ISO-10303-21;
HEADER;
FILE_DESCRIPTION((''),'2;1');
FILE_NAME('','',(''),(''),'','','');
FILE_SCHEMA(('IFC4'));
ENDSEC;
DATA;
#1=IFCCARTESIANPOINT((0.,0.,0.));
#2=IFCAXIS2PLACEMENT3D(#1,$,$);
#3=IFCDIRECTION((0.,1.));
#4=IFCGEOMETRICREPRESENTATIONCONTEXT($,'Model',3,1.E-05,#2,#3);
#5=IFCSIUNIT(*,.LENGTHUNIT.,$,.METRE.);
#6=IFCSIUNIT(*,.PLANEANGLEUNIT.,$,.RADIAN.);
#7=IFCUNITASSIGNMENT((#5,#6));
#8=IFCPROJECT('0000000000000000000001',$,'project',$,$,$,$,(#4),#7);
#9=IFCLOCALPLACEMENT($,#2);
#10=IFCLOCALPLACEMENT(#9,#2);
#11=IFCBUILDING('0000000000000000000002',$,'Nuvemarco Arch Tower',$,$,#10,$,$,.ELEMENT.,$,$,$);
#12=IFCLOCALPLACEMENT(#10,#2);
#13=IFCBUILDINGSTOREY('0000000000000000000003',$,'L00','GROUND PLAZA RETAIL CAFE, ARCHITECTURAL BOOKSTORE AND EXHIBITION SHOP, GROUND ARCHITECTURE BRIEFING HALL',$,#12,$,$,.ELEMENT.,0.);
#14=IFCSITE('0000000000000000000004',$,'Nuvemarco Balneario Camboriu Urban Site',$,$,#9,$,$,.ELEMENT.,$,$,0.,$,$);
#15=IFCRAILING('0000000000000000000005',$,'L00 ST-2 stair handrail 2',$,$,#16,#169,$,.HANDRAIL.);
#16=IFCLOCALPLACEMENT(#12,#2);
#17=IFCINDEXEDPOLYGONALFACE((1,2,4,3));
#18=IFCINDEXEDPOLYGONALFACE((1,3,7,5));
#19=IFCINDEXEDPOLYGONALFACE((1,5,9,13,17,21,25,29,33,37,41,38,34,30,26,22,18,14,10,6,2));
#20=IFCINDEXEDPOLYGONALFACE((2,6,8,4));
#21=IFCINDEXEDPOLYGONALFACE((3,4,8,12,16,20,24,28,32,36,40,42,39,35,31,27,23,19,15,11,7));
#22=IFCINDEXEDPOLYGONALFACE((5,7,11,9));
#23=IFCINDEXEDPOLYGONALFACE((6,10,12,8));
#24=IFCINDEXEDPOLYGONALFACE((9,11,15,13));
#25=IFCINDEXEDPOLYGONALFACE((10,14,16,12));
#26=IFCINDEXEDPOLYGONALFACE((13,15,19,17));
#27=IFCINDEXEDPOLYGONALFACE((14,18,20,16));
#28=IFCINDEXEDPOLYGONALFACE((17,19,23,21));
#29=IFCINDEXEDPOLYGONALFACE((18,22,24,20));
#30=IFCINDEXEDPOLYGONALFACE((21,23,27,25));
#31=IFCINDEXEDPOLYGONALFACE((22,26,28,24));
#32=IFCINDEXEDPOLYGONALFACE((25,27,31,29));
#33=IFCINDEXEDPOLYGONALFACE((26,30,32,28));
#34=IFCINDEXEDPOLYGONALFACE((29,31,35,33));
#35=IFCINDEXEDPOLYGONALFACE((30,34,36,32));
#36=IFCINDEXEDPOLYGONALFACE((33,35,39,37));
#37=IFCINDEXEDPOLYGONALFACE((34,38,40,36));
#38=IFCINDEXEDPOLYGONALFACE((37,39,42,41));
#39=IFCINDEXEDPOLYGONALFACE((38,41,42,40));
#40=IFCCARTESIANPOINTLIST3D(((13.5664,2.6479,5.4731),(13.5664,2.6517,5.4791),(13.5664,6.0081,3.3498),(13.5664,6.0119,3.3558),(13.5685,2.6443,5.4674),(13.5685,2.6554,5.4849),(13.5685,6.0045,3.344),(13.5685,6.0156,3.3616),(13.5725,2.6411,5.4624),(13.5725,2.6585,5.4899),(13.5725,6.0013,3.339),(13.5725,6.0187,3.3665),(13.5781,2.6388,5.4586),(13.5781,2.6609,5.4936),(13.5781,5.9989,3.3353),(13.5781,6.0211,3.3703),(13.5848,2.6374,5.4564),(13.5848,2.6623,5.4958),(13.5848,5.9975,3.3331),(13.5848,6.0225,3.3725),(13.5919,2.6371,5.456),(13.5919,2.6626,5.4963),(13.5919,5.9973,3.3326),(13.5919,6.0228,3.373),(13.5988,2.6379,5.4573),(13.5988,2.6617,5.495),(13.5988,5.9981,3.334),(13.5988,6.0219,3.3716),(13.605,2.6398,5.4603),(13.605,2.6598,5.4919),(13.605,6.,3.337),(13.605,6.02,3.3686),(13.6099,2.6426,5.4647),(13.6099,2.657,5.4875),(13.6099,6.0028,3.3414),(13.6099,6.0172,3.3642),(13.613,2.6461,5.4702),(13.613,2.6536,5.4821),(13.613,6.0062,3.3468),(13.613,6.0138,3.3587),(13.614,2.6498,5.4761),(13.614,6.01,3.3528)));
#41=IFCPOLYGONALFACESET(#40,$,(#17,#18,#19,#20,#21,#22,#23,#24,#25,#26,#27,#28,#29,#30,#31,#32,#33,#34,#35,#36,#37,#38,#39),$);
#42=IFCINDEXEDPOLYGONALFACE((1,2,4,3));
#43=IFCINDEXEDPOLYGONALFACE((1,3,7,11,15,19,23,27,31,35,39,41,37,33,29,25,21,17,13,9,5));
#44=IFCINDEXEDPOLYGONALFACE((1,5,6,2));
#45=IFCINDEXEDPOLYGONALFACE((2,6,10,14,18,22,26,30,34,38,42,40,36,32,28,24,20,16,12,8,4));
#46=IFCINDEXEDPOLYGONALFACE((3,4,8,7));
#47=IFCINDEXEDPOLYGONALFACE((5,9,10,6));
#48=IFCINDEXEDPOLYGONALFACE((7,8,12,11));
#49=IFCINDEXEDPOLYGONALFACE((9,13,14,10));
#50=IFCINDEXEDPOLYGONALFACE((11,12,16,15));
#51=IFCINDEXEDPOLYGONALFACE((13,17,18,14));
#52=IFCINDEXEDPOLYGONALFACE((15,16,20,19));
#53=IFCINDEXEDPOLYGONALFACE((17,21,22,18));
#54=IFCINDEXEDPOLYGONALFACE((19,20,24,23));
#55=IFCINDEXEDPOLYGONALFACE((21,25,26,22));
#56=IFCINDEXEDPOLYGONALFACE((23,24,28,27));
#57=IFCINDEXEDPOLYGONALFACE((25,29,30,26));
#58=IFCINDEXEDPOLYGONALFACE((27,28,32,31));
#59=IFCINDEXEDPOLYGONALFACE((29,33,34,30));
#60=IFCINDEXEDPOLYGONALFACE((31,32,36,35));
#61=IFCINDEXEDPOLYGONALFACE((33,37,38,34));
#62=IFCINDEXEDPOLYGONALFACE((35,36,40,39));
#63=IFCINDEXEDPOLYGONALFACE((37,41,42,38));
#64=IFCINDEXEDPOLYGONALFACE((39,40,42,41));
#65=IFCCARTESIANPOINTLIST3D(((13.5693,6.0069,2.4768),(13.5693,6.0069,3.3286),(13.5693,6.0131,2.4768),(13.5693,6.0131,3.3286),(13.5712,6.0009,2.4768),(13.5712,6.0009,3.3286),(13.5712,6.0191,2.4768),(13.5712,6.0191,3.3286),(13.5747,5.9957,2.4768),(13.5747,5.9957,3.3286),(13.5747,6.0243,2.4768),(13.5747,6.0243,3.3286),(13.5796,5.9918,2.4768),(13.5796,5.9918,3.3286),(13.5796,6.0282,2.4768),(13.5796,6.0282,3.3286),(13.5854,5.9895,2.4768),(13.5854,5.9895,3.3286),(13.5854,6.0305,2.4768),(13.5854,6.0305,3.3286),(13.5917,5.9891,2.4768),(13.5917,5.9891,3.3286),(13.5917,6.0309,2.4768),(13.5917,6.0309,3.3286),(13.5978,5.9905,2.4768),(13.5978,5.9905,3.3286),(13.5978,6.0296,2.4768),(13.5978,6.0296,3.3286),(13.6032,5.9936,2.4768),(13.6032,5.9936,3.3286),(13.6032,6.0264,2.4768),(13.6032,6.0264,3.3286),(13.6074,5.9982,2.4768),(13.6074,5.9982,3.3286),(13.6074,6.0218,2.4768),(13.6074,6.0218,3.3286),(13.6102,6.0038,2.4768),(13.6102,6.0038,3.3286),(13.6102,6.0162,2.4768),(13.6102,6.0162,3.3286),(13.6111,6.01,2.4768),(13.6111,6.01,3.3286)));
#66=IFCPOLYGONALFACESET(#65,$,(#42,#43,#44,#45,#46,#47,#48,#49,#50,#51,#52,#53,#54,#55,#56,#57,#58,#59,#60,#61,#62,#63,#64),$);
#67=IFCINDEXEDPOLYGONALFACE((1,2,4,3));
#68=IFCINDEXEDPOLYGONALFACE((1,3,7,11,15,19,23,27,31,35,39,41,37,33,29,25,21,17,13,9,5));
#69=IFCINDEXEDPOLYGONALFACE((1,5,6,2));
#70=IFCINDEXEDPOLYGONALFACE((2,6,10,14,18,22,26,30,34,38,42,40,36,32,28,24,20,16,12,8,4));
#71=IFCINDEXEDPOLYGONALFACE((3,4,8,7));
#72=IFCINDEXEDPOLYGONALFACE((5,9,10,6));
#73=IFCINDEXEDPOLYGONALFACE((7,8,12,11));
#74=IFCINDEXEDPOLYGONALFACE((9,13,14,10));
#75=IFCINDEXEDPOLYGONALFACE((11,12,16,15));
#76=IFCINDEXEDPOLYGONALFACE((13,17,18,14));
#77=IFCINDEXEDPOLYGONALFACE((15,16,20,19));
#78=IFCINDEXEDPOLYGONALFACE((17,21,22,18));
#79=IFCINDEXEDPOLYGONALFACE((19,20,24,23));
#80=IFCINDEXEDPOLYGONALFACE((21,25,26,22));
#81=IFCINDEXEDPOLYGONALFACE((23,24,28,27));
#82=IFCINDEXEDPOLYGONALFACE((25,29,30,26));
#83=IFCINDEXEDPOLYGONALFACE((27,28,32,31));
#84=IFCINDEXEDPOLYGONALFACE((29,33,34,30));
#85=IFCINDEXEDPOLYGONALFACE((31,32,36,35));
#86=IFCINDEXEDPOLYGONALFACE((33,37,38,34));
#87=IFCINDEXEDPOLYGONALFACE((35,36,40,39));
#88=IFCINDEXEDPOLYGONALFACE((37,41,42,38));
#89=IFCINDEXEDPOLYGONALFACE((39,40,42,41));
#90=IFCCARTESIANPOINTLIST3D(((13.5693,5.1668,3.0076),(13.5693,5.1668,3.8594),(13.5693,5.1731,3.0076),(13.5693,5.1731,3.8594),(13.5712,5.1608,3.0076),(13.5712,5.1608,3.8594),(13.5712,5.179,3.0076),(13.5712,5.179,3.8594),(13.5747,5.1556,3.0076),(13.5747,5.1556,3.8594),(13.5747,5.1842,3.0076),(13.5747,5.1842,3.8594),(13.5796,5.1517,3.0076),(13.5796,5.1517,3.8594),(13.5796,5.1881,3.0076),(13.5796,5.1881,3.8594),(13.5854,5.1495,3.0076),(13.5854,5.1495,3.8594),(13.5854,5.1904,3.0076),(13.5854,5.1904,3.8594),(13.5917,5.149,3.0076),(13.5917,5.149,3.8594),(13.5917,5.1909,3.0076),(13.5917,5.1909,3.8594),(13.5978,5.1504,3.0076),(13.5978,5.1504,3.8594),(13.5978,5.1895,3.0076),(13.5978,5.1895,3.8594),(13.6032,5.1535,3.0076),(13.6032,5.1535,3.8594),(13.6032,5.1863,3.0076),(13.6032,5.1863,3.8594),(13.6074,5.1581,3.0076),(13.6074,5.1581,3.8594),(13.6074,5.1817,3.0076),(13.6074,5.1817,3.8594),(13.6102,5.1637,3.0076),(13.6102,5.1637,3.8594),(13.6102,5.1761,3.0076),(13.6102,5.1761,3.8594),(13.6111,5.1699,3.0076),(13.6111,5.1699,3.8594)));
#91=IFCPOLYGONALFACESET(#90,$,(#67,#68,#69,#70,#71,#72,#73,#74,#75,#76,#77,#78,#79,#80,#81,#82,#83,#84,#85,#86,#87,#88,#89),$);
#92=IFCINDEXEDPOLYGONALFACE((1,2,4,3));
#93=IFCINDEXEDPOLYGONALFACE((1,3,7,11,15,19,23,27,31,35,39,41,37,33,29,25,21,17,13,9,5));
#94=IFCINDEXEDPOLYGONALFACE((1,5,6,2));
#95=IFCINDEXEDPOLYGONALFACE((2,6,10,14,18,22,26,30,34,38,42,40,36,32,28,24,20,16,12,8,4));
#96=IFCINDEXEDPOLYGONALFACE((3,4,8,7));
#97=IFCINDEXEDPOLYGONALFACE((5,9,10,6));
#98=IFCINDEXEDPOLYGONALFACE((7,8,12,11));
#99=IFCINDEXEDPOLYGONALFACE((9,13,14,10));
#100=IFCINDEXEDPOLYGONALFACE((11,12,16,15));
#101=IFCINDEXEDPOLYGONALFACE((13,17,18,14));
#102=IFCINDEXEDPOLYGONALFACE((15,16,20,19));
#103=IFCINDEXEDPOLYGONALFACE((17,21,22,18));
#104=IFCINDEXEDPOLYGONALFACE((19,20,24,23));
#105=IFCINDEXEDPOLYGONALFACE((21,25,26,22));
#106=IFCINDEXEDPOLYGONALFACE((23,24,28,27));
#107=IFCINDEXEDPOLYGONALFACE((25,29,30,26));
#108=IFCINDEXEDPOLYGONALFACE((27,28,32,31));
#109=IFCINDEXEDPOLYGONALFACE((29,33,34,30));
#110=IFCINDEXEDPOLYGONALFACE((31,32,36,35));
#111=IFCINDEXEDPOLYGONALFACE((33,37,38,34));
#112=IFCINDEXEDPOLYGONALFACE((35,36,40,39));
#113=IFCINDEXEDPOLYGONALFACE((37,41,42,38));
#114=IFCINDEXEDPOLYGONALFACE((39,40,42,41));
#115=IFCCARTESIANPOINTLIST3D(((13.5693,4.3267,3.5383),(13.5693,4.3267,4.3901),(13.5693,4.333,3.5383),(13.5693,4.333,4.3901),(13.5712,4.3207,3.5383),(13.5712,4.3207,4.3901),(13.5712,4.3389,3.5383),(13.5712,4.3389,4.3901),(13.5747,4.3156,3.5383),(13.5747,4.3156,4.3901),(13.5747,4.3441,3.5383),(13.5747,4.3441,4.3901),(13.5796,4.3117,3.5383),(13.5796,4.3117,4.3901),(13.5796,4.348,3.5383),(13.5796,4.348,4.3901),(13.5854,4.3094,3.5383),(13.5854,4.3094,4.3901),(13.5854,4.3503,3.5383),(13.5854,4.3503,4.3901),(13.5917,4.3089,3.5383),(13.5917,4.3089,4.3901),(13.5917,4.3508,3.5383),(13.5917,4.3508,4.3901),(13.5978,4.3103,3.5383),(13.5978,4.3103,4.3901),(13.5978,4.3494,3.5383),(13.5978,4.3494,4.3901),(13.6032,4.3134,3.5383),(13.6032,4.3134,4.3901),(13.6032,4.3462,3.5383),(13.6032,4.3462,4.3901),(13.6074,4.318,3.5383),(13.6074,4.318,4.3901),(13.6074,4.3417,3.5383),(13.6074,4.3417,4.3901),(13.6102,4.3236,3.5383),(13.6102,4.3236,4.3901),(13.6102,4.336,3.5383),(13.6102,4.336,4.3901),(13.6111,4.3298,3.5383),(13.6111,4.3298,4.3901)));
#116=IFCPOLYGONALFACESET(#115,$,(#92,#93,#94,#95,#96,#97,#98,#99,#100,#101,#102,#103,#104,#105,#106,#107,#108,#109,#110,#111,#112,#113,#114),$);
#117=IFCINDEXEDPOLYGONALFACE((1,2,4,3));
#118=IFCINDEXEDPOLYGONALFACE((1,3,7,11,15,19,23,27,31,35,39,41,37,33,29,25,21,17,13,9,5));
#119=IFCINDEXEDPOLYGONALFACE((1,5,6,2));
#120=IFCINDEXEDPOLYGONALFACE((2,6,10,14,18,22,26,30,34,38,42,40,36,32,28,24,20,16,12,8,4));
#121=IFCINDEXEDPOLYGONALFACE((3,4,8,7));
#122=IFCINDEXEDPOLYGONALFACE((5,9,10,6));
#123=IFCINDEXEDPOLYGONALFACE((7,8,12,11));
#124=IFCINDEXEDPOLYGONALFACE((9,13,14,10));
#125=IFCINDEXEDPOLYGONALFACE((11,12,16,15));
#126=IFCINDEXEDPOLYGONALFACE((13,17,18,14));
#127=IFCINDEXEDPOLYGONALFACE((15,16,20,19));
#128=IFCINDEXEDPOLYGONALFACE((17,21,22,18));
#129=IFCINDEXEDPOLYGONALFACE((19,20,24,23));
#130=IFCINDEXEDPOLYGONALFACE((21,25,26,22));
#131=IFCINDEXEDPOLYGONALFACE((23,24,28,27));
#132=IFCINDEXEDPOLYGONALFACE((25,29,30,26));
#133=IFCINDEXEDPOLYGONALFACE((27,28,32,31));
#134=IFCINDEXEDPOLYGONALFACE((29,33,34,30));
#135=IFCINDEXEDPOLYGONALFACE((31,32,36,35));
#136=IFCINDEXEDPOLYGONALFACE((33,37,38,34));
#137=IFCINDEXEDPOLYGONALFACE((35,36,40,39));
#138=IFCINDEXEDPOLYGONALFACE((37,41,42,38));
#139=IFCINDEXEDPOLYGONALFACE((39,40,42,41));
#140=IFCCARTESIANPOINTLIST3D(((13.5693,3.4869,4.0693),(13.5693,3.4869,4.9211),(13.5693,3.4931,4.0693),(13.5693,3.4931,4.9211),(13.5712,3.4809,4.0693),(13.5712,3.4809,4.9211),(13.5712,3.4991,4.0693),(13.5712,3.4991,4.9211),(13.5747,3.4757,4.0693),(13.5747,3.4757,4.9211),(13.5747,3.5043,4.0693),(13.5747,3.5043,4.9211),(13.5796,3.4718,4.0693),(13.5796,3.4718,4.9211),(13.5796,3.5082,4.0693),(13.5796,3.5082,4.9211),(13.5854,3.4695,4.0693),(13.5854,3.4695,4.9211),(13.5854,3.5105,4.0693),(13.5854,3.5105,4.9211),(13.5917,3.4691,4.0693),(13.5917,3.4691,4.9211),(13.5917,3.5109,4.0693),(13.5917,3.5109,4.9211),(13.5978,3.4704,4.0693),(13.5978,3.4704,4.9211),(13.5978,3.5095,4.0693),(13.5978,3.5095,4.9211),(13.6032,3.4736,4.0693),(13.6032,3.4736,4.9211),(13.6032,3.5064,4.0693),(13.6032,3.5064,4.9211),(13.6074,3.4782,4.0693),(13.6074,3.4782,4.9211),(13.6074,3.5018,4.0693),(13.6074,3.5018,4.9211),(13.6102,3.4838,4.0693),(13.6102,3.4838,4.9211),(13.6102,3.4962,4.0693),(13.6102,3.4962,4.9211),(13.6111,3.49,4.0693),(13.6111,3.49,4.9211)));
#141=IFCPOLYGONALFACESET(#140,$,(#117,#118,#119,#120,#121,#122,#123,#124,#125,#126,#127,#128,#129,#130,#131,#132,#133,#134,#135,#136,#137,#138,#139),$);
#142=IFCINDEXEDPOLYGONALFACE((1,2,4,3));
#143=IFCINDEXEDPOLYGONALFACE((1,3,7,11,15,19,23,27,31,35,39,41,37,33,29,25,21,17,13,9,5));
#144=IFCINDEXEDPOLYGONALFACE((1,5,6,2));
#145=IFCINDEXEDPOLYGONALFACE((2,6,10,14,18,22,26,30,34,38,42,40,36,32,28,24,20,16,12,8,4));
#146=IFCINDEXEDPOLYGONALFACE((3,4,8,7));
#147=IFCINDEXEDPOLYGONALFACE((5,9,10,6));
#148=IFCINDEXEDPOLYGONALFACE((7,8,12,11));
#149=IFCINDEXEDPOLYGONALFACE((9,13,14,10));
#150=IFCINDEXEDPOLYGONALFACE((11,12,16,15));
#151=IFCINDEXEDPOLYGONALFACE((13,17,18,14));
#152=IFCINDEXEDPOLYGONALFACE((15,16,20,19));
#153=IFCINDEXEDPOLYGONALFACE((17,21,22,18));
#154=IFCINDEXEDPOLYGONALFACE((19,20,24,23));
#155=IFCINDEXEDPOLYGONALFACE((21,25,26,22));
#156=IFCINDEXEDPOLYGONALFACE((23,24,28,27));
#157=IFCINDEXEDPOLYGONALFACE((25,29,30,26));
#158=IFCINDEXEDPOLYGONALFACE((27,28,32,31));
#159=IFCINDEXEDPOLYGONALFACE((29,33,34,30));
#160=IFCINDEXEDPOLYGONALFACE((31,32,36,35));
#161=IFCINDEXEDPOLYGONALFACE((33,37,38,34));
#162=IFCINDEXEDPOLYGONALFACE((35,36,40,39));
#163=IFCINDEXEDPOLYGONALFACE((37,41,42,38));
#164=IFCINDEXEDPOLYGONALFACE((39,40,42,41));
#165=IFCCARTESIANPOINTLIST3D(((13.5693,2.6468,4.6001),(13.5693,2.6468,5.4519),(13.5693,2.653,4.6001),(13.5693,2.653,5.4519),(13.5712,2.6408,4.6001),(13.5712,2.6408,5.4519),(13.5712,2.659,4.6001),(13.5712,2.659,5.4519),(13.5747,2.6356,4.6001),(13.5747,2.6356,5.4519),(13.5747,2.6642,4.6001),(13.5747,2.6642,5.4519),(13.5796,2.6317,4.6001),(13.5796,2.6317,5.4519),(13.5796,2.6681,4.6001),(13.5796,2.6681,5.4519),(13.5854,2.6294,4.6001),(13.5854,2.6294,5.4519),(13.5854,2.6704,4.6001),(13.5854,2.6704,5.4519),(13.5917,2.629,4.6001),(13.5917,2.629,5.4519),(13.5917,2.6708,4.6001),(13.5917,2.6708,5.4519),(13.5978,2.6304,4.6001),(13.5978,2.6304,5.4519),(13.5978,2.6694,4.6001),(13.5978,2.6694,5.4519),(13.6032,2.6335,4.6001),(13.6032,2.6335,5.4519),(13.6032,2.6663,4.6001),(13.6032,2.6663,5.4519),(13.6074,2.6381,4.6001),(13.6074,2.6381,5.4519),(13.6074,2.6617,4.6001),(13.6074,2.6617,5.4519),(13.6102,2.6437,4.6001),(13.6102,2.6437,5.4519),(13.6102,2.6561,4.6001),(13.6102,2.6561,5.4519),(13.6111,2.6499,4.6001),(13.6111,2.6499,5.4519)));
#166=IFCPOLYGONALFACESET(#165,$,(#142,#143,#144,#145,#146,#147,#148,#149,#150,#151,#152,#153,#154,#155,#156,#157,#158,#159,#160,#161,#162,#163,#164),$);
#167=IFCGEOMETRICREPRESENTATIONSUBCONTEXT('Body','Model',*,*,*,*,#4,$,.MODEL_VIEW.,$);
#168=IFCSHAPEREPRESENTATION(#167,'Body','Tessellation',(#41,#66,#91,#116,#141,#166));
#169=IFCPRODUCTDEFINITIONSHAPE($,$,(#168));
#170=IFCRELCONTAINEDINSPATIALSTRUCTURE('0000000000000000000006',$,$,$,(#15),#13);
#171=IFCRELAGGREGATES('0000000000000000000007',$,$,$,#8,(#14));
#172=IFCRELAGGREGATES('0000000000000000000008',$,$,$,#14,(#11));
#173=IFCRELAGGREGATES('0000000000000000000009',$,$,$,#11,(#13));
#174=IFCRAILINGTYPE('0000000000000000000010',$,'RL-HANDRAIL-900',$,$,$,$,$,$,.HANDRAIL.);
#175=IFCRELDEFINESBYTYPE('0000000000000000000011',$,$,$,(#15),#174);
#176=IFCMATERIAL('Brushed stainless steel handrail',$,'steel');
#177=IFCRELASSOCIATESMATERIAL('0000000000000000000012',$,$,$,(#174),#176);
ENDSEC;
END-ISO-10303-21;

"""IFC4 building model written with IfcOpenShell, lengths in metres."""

from ifc_helpers import new_model, si_unit, direction, frame, origin, origin_2d, place, context, subcontext, project, spatial, circle, extrude, material, type_object, element, save


model = new_model("IFC4")

# Units and contexts
model_context = context("Model", 3, precision=1e-05, world=origin(), true_north=direction((0.0, 1.0)))
body_context = subcontext(model_context, "Body", "Model", "MODEL_VIEW")
ifc_project = project(units=[si_unit("LENGTHUNIT", "METRE"), si_unit("PLANEANGLEUNIT", "RADIAN")], contexts=[model_context])

# Site, building, storey
site_placement = place(None, origin())
site = spatial("IfcSite", under=ifc_project, at=site_placement, Name="Nuvemarco Balneario Camboriu Urban Site", CompositionType="ELEMENT", RefElevation=0.0)
building_placement = place(site_placement, origin())
building = spatial("IfcBuilding", under=site, at=building_placement, Name="Nuvemarco Arch Tower", CompositionType="ELEMENT")
storey_placement = place(building_placement, origin())
storey = spatial("IfcBuildingStorey", under=building, at=storey_placement, Name="L00", Description="GROUND PLAZA RETAIL CAFE, ARCHITECTURAL BOOKSTORE AND EXHIBITION SHOP, GROUND ARCHITECTURE BRIEFING HALL", CompositionType="ELEMENT", Elevation=0.0)

# Railing
ifc_material_1 = material(Name="Brushed stainless steel handrail", Category="steel")
railing_type_1 = type_object("IfcRailingType", Name="RL-HANDRAIL-900", PredefinedType="HANDRAIL", material=ifc_material_1)
railing_1_placement = place(storey_placement, frame((13.5901, 6.01, 2.4768)))
element("IfcRailing", 1, at=railing_1_placement, inside=storey, type_object=railing_type_1, Name="L00 ST-2 stair handrail 2", PredefinedType="HANDRAIL", context=body_context, shape_type="SweptSolid", body=[
    extrude(circle(Radius=0.0239, at=origin_2d()), frame((0.0, 0.0, 0.876), z_axis=(0.0, -0.845362, 0.534194), x_axis=(1.0, 0.0, 0.0)), (0.0, 0.0, 1.0), 3.9749),
    extrude(circle(Radius=0.021, at=origin_2d()), origin(), (0.0, 0.0, 1.0), 0.8518),
    extrude(circle(Radius=0.021, at=origin_2d()), frame((0.0, -0.8401, 0.5308)), (0.0, 0.0, 1.0), 0.8518),
    extrude(circle(Radius=0.021, at=origin_2d()), frame((0.0, -1.6802, 1.0615)), (0.0, 0.0, 1.0), 0.8518),
    extrude(circle(Radius=0.021, at=origin_2d()), frame((0.0, -2.52, 1.5925)), (0.0, 0.0, 1.0), 0.8518),
    extrude(circle(Radius=0.021, at=origin_2d()), frame((0.0, -3.3601, 2.1233)), (0.0, 0.0, 1.0), 0.8518),
])

save(model, "model.ifc")
